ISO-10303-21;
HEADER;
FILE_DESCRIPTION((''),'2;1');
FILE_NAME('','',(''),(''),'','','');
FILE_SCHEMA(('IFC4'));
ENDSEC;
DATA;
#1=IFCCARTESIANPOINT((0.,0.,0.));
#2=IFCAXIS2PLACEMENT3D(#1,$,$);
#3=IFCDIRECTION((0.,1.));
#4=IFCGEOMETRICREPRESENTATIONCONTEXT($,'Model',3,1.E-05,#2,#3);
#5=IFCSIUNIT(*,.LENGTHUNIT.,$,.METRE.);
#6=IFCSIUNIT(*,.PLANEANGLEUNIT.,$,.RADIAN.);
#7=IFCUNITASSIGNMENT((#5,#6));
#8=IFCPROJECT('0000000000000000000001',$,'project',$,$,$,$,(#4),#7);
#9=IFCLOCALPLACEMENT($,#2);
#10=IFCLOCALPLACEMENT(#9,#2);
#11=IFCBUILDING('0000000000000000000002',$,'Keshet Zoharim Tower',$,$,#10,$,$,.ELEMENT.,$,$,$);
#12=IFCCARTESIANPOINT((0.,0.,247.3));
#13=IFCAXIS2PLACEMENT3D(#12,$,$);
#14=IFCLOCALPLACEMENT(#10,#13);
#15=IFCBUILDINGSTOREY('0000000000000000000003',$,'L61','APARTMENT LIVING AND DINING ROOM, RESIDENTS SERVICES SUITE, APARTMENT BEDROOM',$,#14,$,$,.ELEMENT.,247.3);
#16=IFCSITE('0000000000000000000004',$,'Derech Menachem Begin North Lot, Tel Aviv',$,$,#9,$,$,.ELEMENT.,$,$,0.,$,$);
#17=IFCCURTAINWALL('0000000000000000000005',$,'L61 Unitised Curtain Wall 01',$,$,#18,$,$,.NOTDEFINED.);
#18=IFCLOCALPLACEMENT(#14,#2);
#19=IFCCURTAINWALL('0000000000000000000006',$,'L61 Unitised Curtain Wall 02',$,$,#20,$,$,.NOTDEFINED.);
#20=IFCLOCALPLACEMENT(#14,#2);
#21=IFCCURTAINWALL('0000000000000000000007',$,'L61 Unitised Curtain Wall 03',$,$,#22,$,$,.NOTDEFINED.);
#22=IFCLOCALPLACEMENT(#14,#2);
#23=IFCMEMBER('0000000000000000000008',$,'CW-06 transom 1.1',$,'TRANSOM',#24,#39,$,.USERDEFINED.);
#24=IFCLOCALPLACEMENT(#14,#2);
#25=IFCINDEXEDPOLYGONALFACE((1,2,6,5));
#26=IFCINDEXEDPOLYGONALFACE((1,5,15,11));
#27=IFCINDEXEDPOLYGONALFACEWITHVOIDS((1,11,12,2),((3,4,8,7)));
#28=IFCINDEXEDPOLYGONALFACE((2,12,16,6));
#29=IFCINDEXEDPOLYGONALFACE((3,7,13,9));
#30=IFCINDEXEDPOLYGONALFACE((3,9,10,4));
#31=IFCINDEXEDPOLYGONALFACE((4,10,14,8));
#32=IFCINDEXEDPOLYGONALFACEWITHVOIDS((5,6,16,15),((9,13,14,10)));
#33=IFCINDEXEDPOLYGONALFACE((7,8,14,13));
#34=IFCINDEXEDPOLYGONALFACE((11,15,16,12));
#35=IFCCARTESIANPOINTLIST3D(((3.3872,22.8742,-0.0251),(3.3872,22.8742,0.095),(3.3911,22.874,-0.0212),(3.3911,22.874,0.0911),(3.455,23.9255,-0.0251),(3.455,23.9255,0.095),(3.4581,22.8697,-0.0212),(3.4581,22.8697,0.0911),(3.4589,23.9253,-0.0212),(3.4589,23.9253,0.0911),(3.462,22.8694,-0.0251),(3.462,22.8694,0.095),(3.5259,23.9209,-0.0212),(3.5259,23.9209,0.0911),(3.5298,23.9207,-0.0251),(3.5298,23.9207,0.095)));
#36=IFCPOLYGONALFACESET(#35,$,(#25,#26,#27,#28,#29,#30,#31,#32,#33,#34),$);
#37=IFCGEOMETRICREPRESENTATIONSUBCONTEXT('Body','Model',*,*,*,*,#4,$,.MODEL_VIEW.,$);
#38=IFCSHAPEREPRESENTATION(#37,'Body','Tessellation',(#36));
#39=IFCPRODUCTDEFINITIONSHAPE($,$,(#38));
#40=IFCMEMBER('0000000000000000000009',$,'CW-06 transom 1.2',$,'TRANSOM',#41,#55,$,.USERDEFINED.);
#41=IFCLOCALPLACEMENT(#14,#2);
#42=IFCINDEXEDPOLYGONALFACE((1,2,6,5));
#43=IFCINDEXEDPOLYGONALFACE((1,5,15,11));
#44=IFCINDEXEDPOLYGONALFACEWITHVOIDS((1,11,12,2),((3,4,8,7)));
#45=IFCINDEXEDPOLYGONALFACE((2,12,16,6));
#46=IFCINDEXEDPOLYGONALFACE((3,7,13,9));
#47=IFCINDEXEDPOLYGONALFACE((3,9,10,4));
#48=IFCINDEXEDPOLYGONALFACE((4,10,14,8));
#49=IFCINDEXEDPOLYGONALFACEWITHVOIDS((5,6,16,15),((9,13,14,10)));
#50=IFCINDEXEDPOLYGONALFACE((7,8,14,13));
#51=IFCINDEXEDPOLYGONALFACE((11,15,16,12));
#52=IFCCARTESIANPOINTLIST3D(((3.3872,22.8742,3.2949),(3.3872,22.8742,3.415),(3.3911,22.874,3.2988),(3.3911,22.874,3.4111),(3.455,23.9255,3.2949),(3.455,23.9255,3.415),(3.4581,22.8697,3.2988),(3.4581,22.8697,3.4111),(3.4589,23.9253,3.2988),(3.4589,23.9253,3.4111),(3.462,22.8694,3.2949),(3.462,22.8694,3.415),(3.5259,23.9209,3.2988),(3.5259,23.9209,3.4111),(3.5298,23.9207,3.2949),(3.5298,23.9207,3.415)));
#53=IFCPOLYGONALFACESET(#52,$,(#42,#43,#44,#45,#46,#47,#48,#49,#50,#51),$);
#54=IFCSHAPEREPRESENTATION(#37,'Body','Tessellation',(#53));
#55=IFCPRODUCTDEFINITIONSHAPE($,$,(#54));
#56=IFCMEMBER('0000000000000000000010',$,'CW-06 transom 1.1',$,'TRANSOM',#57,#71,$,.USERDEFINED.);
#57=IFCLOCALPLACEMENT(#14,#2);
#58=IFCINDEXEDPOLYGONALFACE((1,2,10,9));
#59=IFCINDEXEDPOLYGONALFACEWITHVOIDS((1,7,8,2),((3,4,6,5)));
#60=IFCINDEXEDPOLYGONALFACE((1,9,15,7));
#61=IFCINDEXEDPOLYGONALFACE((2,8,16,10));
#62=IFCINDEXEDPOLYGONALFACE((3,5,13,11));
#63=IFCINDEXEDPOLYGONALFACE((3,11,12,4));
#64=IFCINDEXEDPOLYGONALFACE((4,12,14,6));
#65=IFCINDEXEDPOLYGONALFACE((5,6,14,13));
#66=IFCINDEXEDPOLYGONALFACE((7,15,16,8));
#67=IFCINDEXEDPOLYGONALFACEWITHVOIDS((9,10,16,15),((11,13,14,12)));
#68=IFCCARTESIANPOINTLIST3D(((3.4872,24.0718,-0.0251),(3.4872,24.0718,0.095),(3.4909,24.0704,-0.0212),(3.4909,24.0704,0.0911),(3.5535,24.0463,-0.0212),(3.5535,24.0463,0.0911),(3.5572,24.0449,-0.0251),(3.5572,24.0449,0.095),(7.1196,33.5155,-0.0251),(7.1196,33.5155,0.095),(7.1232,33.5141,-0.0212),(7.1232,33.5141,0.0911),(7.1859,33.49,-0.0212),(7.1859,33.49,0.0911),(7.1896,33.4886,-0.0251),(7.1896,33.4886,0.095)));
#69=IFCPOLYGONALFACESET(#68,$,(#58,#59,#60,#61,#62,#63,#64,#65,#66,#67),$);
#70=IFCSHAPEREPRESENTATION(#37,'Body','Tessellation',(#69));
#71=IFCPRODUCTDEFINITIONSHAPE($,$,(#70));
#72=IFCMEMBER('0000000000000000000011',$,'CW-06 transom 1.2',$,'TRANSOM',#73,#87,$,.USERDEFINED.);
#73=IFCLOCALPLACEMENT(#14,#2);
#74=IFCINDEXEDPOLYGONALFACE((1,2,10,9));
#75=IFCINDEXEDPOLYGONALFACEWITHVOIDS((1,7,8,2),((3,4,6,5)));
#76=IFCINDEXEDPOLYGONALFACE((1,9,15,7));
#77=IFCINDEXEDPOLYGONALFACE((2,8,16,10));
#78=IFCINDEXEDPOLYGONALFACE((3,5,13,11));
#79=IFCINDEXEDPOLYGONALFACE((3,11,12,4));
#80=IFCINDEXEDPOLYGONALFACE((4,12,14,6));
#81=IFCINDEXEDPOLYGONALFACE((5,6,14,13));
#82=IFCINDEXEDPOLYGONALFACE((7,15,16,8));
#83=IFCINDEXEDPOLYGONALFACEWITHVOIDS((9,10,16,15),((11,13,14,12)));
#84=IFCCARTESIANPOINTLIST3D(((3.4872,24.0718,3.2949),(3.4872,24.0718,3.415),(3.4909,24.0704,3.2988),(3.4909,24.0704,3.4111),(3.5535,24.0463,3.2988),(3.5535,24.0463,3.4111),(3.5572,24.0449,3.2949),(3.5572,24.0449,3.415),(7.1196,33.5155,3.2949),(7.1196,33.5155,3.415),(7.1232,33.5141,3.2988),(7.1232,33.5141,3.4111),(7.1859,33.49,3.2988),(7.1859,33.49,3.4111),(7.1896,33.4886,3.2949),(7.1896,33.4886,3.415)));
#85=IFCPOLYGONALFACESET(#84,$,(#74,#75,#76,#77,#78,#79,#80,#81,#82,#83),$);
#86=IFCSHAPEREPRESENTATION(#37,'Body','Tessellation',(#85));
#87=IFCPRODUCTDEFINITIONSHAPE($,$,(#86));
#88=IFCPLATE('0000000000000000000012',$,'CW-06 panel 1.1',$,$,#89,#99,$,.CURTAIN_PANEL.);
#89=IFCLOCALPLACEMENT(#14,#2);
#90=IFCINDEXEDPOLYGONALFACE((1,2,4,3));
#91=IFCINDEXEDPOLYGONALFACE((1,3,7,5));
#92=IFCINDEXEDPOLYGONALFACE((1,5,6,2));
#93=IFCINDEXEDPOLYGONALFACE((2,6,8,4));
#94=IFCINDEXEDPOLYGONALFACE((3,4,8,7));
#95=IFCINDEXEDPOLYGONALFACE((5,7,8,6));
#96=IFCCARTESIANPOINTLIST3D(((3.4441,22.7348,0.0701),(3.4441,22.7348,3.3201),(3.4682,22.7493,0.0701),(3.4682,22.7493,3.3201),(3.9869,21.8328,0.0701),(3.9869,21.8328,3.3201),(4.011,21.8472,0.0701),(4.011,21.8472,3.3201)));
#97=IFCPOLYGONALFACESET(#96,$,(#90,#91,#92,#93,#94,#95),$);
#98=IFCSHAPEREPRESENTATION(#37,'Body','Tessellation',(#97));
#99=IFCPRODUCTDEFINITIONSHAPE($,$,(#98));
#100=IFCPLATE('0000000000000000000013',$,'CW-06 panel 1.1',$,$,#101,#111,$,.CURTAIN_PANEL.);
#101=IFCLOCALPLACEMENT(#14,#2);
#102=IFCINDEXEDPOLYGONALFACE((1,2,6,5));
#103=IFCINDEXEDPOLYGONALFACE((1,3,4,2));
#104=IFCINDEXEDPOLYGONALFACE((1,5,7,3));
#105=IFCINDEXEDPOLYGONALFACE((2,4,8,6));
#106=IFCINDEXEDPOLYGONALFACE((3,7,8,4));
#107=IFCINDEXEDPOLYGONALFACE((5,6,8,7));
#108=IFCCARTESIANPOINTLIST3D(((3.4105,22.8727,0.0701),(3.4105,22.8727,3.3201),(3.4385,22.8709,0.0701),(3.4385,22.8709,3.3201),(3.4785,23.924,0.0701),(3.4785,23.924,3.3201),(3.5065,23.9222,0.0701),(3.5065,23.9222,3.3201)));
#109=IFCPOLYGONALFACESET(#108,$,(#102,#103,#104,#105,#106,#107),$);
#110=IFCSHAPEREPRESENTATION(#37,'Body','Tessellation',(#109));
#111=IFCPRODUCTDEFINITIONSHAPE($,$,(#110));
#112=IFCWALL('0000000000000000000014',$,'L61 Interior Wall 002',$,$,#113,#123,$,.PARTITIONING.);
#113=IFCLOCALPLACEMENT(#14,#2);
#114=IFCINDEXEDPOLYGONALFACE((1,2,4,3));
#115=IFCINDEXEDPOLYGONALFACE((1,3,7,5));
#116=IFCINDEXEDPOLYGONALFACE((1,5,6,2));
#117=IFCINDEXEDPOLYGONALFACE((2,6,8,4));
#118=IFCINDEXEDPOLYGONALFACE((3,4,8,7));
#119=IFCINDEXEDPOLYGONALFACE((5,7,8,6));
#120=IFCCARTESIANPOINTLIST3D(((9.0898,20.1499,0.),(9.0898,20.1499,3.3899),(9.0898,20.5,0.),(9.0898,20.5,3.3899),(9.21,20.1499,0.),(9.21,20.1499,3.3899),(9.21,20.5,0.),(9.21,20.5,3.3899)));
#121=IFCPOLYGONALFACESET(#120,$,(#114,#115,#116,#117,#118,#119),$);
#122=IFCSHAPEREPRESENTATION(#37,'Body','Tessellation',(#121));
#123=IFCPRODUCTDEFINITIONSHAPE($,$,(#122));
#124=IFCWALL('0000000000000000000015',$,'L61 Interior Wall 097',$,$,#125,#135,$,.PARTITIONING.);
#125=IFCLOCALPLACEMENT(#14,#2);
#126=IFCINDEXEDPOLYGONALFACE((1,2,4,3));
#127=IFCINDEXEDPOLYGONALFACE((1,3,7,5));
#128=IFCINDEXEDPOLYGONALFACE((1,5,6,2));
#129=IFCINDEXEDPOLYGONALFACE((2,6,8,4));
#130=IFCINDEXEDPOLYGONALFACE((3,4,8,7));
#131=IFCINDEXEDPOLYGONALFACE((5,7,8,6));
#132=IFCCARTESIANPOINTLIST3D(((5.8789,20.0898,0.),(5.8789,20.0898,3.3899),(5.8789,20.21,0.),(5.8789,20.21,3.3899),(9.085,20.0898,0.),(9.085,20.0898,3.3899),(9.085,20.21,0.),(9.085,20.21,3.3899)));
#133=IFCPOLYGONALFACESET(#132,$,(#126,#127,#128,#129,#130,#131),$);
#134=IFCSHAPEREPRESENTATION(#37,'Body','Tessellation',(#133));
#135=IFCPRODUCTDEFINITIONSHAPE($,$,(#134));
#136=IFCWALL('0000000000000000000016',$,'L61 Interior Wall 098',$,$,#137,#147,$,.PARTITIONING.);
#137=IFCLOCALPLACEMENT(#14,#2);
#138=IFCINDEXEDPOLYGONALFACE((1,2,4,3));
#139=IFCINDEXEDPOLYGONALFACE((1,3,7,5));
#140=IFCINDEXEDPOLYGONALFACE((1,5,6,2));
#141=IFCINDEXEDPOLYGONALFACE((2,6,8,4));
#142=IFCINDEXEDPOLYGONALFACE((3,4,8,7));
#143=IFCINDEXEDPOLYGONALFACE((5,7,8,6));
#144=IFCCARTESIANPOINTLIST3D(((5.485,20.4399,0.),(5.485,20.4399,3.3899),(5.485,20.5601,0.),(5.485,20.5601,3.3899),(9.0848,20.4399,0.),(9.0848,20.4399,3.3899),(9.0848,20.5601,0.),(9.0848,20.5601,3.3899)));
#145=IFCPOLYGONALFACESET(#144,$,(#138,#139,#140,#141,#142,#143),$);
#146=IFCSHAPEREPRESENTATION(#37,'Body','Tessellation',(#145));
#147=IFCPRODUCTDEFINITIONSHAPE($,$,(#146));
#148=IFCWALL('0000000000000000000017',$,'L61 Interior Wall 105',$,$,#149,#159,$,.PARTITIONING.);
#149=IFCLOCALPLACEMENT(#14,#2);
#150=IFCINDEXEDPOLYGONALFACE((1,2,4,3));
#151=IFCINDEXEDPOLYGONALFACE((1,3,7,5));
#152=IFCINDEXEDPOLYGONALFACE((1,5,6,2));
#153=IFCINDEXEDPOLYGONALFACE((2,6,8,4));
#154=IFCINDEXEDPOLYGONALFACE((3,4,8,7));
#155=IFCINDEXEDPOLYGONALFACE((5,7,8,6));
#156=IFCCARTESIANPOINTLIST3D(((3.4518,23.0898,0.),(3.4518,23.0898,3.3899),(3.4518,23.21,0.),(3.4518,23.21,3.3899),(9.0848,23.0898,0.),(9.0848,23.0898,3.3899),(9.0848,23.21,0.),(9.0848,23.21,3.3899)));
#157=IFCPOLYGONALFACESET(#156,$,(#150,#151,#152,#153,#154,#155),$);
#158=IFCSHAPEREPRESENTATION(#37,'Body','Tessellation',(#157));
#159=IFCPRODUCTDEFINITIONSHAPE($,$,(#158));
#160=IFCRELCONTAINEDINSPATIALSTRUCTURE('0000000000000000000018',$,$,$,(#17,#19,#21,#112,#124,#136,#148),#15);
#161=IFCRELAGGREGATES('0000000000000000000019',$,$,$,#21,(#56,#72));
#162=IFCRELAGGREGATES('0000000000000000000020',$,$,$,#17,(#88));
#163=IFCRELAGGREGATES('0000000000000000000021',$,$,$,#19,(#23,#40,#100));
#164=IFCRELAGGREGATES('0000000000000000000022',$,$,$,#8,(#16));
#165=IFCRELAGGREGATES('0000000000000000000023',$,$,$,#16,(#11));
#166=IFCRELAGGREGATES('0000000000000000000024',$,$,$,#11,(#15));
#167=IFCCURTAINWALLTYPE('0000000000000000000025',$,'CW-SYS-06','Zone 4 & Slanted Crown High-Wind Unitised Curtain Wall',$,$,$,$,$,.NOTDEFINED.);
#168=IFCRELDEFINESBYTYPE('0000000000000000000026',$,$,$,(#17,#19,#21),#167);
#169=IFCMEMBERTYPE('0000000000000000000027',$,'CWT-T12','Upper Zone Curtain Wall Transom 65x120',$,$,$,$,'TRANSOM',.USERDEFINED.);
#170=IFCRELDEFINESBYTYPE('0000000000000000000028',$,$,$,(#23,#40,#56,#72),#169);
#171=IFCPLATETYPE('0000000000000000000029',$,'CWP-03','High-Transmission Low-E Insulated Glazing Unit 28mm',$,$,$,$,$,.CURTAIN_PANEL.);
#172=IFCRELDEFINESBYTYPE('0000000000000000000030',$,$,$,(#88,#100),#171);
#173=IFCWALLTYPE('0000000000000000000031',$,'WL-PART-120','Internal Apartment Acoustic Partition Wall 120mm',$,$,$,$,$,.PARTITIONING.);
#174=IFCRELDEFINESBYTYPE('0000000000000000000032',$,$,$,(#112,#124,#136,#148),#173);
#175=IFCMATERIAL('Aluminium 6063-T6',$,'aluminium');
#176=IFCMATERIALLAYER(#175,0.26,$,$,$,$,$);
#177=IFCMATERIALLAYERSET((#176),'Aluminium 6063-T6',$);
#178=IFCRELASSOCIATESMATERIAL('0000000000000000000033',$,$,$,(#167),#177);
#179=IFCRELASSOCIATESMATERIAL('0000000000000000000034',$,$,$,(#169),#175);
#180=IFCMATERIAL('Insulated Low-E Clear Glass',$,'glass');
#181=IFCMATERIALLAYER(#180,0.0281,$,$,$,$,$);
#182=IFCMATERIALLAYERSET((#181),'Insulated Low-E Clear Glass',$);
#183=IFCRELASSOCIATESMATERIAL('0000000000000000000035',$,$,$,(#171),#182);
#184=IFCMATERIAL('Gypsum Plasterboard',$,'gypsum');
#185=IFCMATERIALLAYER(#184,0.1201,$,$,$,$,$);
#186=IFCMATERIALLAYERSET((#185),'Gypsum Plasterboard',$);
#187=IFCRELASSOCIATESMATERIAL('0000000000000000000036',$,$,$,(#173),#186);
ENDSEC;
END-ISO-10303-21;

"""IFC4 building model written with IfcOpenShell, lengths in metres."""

from ifc_helpers import new_model, si_unit, direction, frame, frame_2d, origin, origin_2d, place, context, subcontext, project, spatial, rectangle, hollow_rectangle, extrude, material, layer, layer_set, material_profile, profile_set, type_object, element, aggregate, save


model = new_model("IFC4")

# Units and contexts
model_context = context("Model", 3, precision=1e-05, world=origin(), true_north=direction((0.0, 1.0)))
body_context = subcontext(model_context, "Body", "Model", "MODEL_VIEW")
ifc_project = project(units=[si_unit("LENGTHUNIT", "METRE"), si_unit("PLANEANGLEUNIT", "RADIAN")], contexts=[model_context])

# Site, building, storey
site_placement = place(None, origin())
site = spatial("IfcSite", under=ifc_project, at=site_placement, Name="Derech Menachem Begin North Lot, Tel Aviv", CompositionType="ELEMENT", RefElevation=0.0)
building_placement = place(site_placement, origin())
building = spatial("IfcBuilding", under=site, at=building_placement, Name="Keshet Zoharim Tower", CompositionType="ELEMENT")
storey_placement = place(building_placement, frame((0.0, 0.0, 247.3)))
storey = spatial("IfcBuildingStorey", under=building, at=storey_placement, Name="L61", Description="APARTMENT LIVING AND DINING ROOM, RESIDENTS SERVICES SUITE, APARTMENT BEDROOM", CompositionType="ELEMENT", Elevation=247.3)

# Curtain walls
ifc_material_1 = material(Name="Aluminium 6063-T6", Category="aluminium")
ifc_layer_1 = layer(ifc_material_1, 0.26)
ifc_layer_set_1 = layer_set([ifc_layer_1], Name="Aluminium 6063-T6")
curtain_wall_type = type_object("IfcCurtainWallType", Name="CW-SYS-06", Description="Zone 4 & Slanted Crown High-Wind Unitised Curtain Wall", PredefinedType="NOTDEFINED", material=ifc_layer_set_1)
curtain_wall_1_placement = place(storey_placement, origin())
curtain_wall_1 = element("IfcCurtainWall", 1, at=curtain_wall_1_placement, inside=storey, type_object=curtain_wall_type, Name="L61 Unitised Curtain Wall 01", PredefinedType="NOTDEFINED")
curtain_wall_2_placement = place(storey_placement, origin())
curtain_wall_2 = element("IfcCurtainWall", 2, at=curtain_wall_2_placement, inside=storey, type_object=curtain_wall_type, Name="L61 Unitised Curtain Wall 02", PredefinedType="NOTDEFINED")

# Curtain wall
curtain_wall_3_placement = place(storey_placement, origin())
curtain_wall_3 = element("IfcCurtainWall", 3, at=curtain_wall_3_placement, inside=storey, type_object=curtain_wall_type, Name="L61 Unitised Curtain Wall 03", PredefinedType="NOTDEFINED")

# Members
ifc_material_profile_1 = material_profile(ifc_material_1, hollow_rectangle(XDim=0.075, YDim=0.1201, WallThickness=0.0039, at=origin_2d()), Name="TRN-75x120")
ifc_profile_set_1 = profile_set([ifc_material_profile_1], Name="Aluminium 6063-T6")
member_type_1 = type_object("IfcMemberType", Name="CWT-T12", Description="Upper Zone Curtain Wall Transom 65x120", ElementType="TRANSOM", PredefinedType="USERDEFINED", material=ifc_profile_set_1)
member_1_placement = place(storey_placement, frame((3.4246, 22.8718, 0.0349), z_axis=(0.064427, 0.997922, 0.0), x_axis=(-0.997922, 0.064427, 0.0)))
member_1 = element("IfcMember", 4, at=member_1_placement, type_object=member_type_1, Name="CW-06 transom 1.1", ObjectType="TRANSOM", PredefinedType="USERDEFINED", context=body_context, shape_type="SweptSolid", body=[
    extrude(hollow_rectangle(XDim=0.075, YDim=0.1201, WallThickness=0.0039, at=origin_2d()), origin(), (0.0, 0.0, 1.0), 1.0535),
])
member_2_placement = place(storey_placement, frame((3.4246, 22.8718, 3.355), z_axis=(0.064427, 0.997922, 0.0), x_axis=(-0.997922, 0.064427, 0.0)))
member_2 = element("IfcMember", 5, at=member_2_placement, type_object=member_type_1, Name="CW-06 transom 1.2", ObjectType="TRANSOM", PredefinedType="USERDEFINED", context=body_context, shape_type="SweptSolid", body=[
    extrude(hollow_rectangle(XDim=0.075, YDim=0.1201, WallThickness=0.0039, at=origin_2d()), origin(), (0.0, 0.0, 1.0), 1.0535),
])
member_3_placement = place(storey_placement, frame((3.5222, 24.0583, 0.0349), z_axis=(0.358994, 0.93334, 0.0), x_axis=(-0.93334, 0.358994, 0.0)))
member_3 = element("IfcMember", 6, at=member_3_placement, type_object=member_type_1, Name="CW-06 transom 1.1", ObjectType="TRANSOM", PredefinedType="USERDEFINED", context=body_context, shape_type="SweptSolid", body=[
    extrude(hollow_rectangle(XDim=0.075, YDim=0.1201, WallThickness=0.0039, at=origin_2d()), origin(), (0.0, 0.0, 1.0), 10.1182),
])
member_4_placement = place(storey_placement, frame((3.5222, 24.0583, 3.355), z_axis=(0.358994, 0.93334, 0.0), x_axis=(-0.93334, 0.358994, 0.0)))
member_4 = element("IfcMember", 7, at=member_4_placement, type_object=member_type_1, Name="CW-06 transom 1.2", ObjectType="TRANSOM", PredefinedType="USERDEFINED", context=body_context, shape_type="SweptSolid", body=[
    extrude(hollow_rectangle(XDim=0.075, YDim=0.1201, WallThickness=0.0039, at=origin_2d()), origin(), (0.0, 0.0, 1.0), 10.1182),
])
aggregate(curtain_wall_3, [member_3, member_4])

# Plates
ifc_material_2 = material(Name="Insulated Low-E Clear Glass", Category="glass")
ifc_layer_2 = layer(ifc_material_2, 0.0281)
ifc_layer_set_2 = layer_set([ifc_layer_2], Name="Insulated Low-E Clear Glass")
plate_type = type_object("IfcPlateType", Name="CWP-03", Description="High-Transmission Low-E Insulated Glazing Unit 28mm", PredefinedType="CURTAIN_PANEL", material=ifc_layer_set_2)
plate_1_placement = place(storey_placement, frame((3.7275, 22.291, 0.0701), z_axis=(0.0, 0.0, 1.0), x_axis=(-0.515605, 0.856826, 0.0)))
plate_1 = element("IfcPlate", 8, at=plate_1_placement, type_object=plate_type, Name="CW-06 panel 1.1", PredefinedType="CURTAIN_PANEL", context=body_context, shape_type="SweptSolid", body=[
    extrude(rectangle(XDim=1.0527, YDim=0.0281, at=origin_2d()), origin(), (0.0, 0.0, 1.0), 3.25),
])
aggregate(curtain_wall_1, [plate_1])
plate_2_placement = place(storey_placement, frame((3.4585, 23.3975, 0.0701), z_axis=(0.0, 0.0, 1.0), x_axis=(0.064517, 0.997917, 0.0)))
plate_2 = element("IfcPlate", 9, at=plate_2_placement, type_object=plate_type, Name="CW-06 panel 1.1", PredefinedType="CURTAIN_PANEL", context=body_context, shape_type="SweptSolid", body=[
    extrude(rectangle(XDim=1.0535, YDim=0.0281, at=origin_2d()), origin(), (0.0, 0.0, 1.0), 3.25),
])
aggregate(curtain_wall_2, [member_1, member_2, plate_2])

# Wall
ifc_material_3 = material(Name="Gypsum Plasterboard", Category="gypsum")
ifc_layer_3 = layer(ifc_material_3, 0.1201)
ifc_layer_set_3 = layer_set([ifc_layer_3], Name="Gypsum Plasterboard")
wall_type_1 = type_object("IfcWallType", Name="WL-PART-120", Description="Internal Apartment Acoustic Partition Wall 120mm", PredefinedType="PARTITIONING", material=ifc_layer_set_3)
wall_1_placement = place(storey_placement, frame((9.1499, 20.1499, 0.0), z_axis=(0.0, 0.0, 1.0), x_axis=(0.0, 1.0, 0.0)))
element("IfcWall", 10, at=wall_1_placement, inside=storey, type_object=wall_type_1, Name="L61 Interior Wall 002", PredefinedType="PARTITIONING", context=body_context, shape_type="SweptSolid", body=[
    extrude(rectangle(XDim=0.3501, YDim=0.1201, at=frame_2d((0.175, 0.0))), origin(), (0.0, 0.0, 1.0), 3.3899),
])

# Walls
wall_2_placement = place(storey_placement, frame((5.8789, 20.1499, 0.0), z_axis=(0.0, 0.0, 1.0), x_axis=(1.0, 0.0, 0.0)))
element("IfcWall", 11, at=wall_2_placement, inside=storey, type_object=wall_type_1, Name="L61 Interior Wall 097", PredefinedType="PARTITIONING", context=body_context, shape_type="SweptSolid", body=[
    extrude(rectangle(XDim=3.2061, YDim=0.1201, at=frame_2d((1.603, 0.0))), origin(), (0.0, 0.0, 1.0), 3.3899),
])
wall_3_placement = place(storey_placement, frame((5.4851, 20.5, 0.0), z_axis=(0.0, 0.0, 1.0), x_axis=(1.0, 0.0, 0.0)))
element("IfcWall", 12, at=wall_3_placement, inside=storey, type_object=wall_type_1, Name="L61 Interior Wall 098", PredefinedType="PARTITIONING", context=body_context, shape_type="SweptSolid", body=[
    extrude(rectangle(XDim=3.5999, YDim=0.1201, at=frame_2d((1.7998, 0.0))), origin(), (0.0, 0.0, 1.0), 3.3899),
])
wall_4_placement = place(storey_placement, frame((3.4519, 23.1499, 0.0), z_axis=(0.0, 0.0, 1.0), x_axis=(1.0, 0.0, 0.0)))
element("IfcWall", 13, at=wall_4_placement, inside=storey, type_object=wall_type_1, Name="L61 Interior Wall 105", PredefinedType="PARTITIONING", context=body_context, shape_type="SweptSolid", body=[
    extrude(rectangle(XDim=5.6331, YDim=0.1201, at=frame_2d((2.8164, 0.0))), origin(), (0.0, 0.0, 1.0), 3.3899),
])

save(model, "model.ifc")
